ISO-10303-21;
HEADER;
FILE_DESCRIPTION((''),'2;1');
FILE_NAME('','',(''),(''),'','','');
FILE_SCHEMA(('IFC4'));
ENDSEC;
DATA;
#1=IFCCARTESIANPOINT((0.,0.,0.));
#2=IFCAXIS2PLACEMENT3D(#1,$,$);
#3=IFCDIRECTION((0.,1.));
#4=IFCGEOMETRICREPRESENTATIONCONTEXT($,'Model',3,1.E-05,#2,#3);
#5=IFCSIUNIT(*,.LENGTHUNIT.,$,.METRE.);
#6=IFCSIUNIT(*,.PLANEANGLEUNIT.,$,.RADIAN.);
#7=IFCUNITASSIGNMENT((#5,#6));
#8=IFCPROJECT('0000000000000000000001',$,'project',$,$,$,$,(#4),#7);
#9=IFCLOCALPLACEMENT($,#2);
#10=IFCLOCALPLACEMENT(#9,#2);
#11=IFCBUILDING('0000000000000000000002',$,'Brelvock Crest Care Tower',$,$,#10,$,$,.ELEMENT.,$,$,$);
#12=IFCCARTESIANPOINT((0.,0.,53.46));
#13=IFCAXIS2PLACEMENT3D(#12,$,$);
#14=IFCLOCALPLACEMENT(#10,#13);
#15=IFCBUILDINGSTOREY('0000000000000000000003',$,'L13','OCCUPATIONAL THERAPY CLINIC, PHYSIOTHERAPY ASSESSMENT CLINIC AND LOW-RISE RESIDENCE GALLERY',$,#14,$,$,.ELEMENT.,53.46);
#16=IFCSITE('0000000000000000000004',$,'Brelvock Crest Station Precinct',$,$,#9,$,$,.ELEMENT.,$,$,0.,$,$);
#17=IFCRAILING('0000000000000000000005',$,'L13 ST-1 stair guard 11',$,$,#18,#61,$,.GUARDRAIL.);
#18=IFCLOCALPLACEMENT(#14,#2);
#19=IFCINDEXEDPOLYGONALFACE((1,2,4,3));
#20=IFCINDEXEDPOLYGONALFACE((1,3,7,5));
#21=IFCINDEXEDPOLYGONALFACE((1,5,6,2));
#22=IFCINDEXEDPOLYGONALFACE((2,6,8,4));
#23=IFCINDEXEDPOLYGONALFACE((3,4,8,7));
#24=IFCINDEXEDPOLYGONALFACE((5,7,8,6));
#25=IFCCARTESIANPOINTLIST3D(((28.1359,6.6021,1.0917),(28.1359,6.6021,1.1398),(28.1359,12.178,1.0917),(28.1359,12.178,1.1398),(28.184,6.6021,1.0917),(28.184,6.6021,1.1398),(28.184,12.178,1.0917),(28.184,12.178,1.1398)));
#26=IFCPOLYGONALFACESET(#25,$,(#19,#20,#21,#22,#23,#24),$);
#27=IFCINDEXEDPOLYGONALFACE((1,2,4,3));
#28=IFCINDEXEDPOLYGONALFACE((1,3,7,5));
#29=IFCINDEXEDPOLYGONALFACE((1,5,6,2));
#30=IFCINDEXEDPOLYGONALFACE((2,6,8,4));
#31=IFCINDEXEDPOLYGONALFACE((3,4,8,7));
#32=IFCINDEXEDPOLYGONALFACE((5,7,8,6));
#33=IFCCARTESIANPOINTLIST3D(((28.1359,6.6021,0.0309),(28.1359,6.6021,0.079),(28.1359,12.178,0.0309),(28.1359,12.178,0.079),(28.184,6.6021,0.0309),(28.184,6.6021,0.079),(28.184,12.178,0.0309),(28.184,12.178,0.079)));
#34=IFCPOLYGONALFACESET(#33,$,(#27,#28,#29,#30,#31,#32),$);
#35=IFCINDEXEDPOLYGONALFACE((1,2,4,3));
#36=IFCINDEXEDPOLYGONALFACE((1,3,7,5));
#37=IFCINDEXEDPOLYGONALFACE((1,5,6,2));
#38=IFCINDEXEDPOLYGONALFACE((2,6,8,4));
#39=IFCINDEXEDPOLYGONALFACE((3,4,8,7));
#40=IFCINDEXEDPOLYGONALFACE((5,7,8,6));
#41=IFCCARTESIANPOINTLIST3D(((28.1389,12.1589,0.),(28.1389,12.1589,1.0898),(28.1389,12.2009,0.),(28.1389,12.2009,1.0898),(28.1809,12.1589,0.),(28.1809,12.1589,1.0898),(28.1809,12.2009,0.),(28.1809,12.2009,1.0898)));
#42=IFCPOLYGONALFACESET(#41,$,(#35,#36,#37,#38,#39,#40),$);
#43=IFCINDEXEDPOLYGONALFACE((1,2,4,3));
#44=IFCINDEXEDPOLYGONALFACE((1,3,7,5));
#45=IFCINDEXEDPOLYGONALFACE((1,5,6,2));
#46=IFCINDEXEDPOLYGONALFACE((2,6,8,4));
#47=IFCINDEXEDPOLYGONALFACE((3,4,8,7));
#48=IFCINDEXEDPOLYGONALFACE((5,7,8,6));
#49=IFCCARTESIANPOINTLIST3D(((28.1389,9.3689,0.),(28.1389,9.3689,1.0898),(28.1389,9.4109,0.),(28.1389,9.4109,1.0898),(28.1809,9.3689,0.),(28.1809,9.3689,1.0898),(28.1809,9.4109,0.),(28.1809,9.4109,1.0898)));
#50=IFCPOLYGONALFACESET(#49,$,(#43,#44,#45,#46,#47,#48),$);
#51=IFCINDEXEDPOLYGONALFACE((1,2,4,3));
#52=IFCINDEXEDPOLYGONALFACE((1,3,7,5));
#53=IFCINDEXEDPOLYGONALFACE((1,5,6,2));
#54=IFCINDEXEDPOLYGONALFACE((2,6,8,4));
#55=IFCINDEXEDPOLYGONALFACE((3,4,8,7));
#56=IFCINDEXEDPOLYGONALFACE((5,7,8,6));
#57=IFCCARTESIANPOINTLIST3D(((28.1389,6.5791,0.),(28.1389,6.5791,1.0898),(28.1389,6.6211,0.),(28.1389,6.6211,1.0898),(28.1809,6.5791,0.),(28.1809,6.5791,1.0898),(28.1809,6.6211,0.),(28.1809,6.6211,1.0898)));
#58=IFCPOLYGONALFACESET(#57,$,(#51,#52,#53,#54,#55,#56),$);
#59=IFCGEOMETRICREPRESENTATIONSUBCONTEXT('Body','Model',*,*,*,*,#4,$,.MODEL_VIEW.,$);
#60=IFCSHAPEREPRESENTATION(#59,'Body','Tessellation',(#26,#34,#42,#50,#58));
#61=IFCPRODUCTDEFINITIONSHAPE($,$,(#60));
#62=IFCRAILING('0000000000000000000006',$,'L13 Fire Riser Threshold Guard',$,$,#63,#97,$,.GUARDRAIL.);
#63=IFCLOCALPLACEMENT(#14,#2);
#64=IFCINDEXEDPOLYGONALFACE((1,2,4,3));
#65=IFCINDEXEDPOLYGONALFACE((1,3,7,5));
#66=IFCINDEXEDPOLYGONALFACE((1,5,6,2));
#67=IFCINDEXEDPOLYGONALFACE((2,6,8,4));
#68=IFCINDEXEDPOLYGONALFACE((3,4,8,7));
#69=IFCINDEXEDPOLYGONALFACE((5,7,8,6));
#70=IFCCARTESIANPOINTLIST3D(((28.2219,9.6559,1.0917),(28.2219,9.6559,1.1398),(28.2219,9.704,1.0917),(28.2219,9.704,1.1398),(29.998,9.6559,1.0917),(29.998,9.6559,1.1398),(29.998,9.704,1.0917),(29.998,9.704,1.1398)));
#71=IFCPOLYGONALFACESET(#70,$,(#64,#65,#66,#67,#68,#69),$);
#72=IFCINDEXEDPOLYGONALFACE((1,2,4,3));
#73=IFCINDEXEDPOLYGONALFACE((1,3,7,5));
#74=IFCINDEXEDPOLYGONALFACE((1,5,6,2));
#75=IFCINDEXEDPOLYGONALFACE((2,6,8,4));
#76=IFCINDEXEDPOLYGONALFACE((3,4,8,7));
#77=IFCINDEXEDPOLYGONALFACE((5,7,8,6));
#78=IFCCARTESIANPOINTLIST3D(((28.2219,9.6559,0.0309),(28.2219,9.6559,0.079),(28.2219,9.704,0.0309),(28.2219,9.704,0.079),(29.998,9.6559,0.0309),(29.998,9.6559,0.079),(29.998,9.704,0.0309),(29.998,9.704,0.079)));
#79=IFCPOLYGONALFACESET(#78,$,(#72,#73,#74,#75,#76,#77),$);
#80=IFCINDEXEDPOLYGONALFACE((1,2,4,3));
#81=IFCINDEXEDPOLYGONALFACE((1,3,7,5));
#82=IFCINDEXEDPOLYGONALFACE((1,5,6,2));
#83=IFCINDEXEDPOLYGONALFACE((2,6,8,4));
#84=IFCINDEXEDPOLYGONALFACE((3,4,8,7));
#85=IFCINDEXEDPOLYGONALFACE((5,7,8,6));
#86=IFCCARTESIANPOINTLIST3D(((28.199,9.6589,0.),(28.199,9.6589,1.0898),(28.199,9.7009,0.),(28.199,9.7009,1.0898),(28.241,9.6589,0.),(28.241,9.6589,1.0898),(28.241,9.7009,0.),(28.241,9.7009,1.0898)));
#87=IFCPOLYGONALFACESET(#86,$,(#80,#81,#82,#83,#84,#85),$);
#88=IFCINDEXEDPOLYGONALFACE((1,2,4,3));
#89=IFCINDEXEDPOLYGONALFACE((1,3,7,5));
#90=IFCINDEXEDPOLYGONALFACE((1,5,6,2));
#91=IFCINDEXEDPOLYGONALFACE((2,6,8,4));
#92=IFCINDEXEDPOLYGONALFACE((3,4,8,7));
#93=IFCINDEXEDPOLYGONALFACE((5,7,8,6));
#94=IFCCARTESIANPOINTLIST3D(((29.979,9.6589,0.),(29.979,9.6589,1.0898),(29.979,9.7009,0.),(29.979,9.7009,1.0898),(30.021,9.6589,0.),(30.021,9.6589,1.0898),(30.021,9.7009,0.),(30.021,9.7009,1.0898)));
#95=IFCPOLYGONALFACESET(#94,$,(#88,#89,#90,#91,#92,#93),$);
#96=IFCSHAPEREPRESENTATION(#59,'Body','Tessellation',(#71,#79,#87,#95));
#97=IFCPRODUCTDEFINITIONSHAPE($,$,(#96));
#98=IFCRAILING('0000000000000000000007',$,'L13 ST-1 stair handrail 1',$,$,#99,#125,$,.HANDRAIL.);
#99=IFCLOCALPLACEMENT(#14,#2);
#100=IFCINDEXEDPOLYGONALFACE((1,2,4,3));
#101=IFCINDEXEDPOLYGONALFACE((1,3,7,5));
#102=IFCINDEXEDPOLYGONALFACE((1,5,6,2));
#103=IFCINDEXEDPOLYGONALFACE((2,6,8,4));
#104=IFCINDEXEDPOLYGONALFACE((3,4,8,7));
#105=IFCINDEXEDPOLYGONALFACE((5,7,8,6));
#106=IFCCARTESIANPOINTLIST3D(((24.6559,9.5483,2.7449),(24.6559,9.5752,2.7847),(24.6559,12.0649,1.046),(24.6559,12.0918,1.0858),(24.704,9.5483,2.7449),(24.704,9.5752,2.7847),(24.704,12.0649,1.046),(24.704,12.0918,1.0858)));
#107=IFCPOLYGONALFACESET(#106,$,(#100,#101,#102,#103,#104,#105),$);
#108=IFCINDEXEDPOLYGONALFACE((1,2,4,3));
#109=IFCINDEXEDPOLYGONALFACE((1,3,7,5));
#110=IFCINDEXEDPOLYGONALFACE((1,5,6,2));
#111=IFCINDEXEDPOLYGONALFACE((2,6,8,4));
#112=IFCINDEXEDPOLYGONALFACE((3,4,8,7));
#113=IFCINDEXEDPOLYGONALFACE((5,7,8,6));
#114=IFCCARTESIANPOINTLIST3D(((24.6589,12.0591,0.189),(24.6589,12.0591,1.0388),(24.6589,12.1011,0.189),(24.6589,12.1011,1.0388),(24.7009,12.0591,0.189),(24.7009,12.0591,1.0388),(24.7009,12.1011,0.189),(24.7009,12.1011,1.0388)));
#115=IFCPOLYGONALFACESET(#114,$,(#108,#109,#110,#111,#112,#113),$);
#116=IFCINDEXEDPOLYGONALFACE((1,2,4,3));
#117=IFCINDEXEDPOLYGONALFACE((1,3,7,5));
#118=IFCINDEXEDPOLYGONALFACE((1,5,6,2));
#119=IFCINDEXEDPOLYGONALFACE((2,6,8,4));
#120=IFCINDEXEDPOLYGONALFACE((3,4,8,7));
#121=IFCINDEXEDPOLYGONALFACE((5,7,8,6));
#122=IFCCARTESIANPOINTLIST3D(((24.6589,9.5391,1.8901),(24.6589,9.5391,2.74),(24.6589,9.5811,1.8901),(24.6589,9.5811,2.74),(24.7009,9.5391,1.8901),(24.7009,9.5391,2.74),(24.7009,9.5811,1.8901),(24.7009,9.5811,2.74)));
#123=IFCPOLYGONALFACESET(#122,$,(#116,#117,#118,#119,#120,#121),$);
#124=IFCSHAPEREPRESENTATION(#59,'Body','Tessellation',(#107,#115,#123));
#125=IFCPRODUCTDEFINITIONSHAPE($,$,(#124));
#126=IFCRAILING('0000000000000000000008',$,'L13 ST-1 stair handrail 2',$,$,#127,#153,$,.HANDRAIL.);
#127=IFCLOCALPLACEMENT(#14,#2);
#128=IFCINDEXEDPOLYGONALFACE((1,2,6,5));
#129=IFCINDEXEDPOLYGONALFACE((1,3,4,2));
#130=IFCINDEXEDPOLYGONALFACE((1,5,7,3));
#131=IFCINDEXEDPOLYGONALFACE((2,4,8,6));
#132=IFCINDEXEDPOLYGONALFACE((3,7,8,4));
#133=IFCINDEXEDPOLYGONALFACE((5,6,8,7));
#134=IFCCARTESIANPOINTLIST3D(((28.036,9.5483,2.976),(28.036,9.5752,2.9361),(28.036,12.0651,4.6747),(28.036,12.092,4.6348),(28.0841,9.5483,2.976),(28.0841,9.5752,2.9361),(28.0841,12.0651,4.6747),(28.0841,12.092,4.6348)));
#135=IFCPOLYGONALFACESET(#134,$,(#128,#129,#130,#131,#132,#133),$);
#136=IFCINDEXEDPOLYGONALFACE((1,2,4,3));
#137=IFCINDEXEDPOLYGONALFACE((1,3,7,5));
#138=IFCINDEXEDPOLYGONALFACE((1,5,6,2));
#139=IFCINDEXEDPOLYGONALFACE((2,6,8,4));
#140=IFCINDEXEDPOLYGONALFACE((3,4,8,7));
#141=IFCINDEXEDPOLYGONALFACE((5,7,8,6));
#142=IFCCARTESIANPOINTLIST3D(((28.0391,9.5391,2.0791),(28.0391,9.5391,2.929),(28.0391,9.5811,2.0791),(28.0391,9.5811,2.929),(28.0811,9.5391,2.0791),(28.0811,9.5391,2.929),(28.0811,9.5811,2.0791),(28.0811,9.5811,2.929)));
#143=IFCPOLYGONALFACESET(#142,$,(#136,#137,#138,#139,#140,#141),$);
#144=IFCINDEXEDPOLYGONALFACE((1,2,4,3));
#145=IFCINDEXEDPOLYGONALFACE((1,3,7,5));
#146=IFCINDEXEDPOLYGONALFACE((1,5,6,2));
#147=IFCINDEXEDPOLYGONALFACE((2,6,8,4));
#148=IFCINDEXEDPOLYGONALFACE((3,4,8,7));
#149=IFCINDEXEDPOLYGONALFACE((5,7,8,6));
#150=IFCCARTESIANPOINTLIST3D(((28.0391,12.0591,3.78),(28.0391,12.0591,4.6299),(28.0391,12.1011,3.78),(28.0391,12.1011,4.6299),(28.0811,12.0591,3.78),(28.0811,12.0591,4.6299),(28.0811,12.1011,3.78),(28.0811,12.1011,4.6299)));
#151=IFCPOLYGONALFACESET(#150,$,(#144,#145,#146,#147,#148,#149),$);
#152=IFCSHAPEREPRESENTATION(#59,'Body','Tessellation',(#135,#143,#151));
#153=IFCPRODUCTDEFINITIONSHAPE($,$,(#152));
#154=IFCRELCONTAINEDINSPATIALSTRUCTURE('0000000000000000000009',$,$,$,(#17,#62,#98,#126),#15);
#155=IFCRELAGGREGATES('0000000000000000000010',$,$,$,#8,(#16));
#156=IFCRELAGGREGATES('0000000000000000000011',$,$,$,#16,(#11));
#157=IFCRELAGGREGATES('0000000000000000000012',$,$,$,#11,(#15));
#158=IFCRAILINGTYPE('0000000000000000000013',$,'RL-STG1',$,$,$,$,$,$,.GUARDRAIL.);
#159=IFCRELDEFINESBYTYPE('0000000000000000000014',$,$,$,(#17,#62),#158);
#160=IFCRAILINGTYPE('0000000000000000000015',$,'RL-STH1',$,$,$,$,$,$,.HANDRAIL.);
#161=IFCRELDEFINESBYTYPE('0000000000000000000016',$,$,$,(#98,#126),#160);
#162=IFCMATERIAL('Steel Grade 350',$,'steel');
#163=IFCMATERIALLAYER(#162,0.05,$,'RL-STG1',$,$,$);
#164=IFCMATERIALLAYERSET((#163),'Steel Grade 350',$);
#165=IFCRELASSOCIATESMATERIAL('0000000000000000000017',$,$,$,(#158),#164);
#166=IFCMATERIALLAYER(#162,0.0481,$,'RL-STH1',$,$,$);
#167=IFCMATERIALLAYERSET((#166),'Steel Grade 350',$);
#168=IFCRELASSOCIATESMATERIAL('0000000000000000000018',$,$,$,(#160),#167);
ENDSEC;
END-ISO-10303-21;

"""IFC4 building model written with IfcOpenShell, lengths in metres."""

from ifc_helpers import new_model, si_unit, direction, frame, origin, origin_2d, place, context, subcontext, project, spatial, rectangle, extrude, material, layer, layer_set, type_object, element, save


model = new_model("IFC4")

# Units and contexts
model_context = context("Model", 3, precision=1e-05, world=origin(), true_north=direction((0.0, 1.0)))
body_context = subcontext(model_context, "Body", "Model", "MODEL_VIEW")
ifc_project = project(units=[si_unit("LENGTHUNIT", "METRE"), si_unit("PLANEANGLEUNIT", "RADIAN")], contexts=[model_context])

# Site, building, storey
site_placement = place(None, origin())
site = spatial("IfcSite", under=ifc_project, at=site_placement, Name="Brelvock Crest Station Precinct", CompositionType="ELEMENT", RefElevation=0.0)
building_placement = place(site_placement, origin())
building = spatial("IfcBuilding", under=site, at=building_placement, Name="Brelvock Crest Care Tower", CompositionType="ELEMENT")
storey_placement = place(building_placement, frame((0.0, 0.0, 53.46)))
storey = spatial("IfcBuildingStorey", under=building, at=storey_placement, Name="L13", Description="OCCUPATIONAL THERAPY CLINIC, PHYSIOTHERAPY ASSESSMENT CLINIC AND LOW-RISE RESIDENCE GALLERY", CompositionType="ELEMENT", Elevation=53.46)

# Shared definitions
ifc_material_1 = material(Name="Steel Grade 350", Category="steel")

# Railings
ifc_layer_1 = layer(ifc_material_1, 0.05, Name="RL-STG1")
ifc_layer_set_1 = layer_set([ifc_layer_1], Name="Steel Grade 350")
railing_type_1 = type_object("IfcRailingType", Name="RL-STG1", PredefinedType="GUARDRAIL", material=ifc_layer_set_1)
for number, where, name in (
    (1, (28.1599, 12.1799, 0.0), "L13 ST-1 stair guard 11"),
):
    element("IfcRailing", number, at=place(storey_placement, frame(where)), inside=storey, type_object=railing_type_1, Name=name, PredefinedType="GUARDRAIL", context=body_context, shape_type="SweptSolid", body=[
        extrude(rectangle(XDim=0.0481, YDim=0.0481, at=origin_2d()), frame((0.0, -0.002, 1.1157), z_axis=(0.0, -1.0, 0.0), x_axis=(1.0, 0.0, 0.0)), (0.0, 0.0, 1.0), 5.5759),
        extrude(rectangle(XDim=0.0481, YDim=0.0481, at=origin_2d()), frame((0.0, -0.002, 0.0549), z_axis=(0.0, -1.0, 0.0), x_axis=(1.0, 0.0, 0.0)), (0.0, 0.0, 1.0), 5.5759),
        extrude(rectangle(XDim=0.042, YDim=0.042, at=origin_2d()), origin(), (0.0, 0.0, 1.0), 1.0898),
        extrude(rectangle(XDim=0.042, YDim=0.042, at=origin_2d()), frame((0.0, -2.79, 0.0)), (0.0, 0.0, 1.0), 1.0898),
        extrude(rectangle(XDim=0.042, YDim=0.042, at=origin_2d()), frame((0.0, -5.5798, 0.0)), (0.0, 0.0, 1.0), 1.0898),
    ])
railing_1_placement = place(storey_placement, frame((28.22, 9.6799, 0.0)))
element("IfcRailing", 2, at=railing_1_placement, inside=storey, type_object=railing_type_1, Name="L13 Fire Riser Threshold Guard", PredefinedType="GUARDRAIL", context=body_context, shape_type="SweptSolid", body=[
    extrude(rectangle(XDim=0.0481, YDim=0.0481, at=origin_2d()), frame((0.002, 0.0, 1.1157), z_axis=(1.0, 0.0, 0.0), x_axis=(0.0, 1.0, 0.0)), (0.0, 0.0, 1.0), 1.7761),
    extrude(rectangle(XDim=0.0481, YDim=0.0481, at=origin_2d()), frame((0.002, 0.0, 0.0549), z_axis=(1.0, 0.0, 0.0), x_axis=(0.0, 1.0, 0.0)), (0.0, 0.0, 1.0), 1.7761),
    extrude(rectangle(XDim=0.042, YDim=0.042, at=origin_2d()), origin(), (0.0, 0.0, 1.0), 1.0898),
    extrude(rectangle(XDim=0.042, YDim=0.042, at=origin_2d()), frame((1.78, 0.0, 0.0)), (0.0, 0.0, 1.0), 1.0898),
])
ifc_layer_2 = layer(ifc_material_1, 0.0481, Name="RL-STH1")
ifc_layer_set_2 = layer_set([ifc_layer_2], Name="Steel Grade 350")
railing_type_2 = type_object("IfcRailingType", Name="RL-STH1", PredefinedType="HANDRAIL", material=ifc_layer_set_2)
railing_2_placement = place(storey_placement, frame((24.6799, 12.0801, 0.189)))
element("IfcRailing", 3, at=railing_2_placement, inside=storey, type_object=railing_type_2, Name="L13 ST-1 stair handrail 1", PredefinedType="HANDRAIL", context=body_context, shape_type="SweptSolid", body=[
    extrude(rectangle(XDim=0.0481, YDim=0.0481, at=origin_2d()), frame((0.0, -0.0017, 0.877), z_axis=(0.0, -0.828824, 0.559509), x_axis=(1.0, 0.0, 0.0)), (0.0, 0.0, 1.0), 3.0364),
    extrude(rectangle(XDim=0.042, YDim=0.042, at=origin_2d()), origin(), (0.0, 0.0, 1.0), 0.8499),
    extrude(rectangle(XDim=0.042, YDim=0.042, at=origin_2d()), frame((0.0, -2.52, 1.7012)), (0.0, 0.0, 1.0), 0.8499),
])
railing_3_placement = place(storey_placement, frame((28.0601, 9.5601, 2.0791)))
element("IfcRailing", 4, at=railing_3_placement, inside=storey, type_object=railing_type_2, Name="L13 ST-1 stair handrail 2", PredefinedType="HANDRAIL", context=body_context, shape_type="SweptSolid", body=[
    extrude(rectangle(XDim=0.0481, YDim=0.0481, at=origin_2d()), frame((0.0, 0.0017, 0.877), z_axis=(0.0, 0.828862, 0.559454), x_axis=(-1.0, 0.0, 0.0)), (0.0, 0.0, 1.0), 3.0364),
    extrude(rectangle(XDim=0.042, YDim=0.042, at=origin_2d()), origin(), (0.0, 0.0, 1.0), 0.8499),
    extrude(rectangle(XDim=0.042, YDim=0.042, at=origin_2d()), frame((0.0, 2.52, 1.7009)), (0.0, 0.0, 1.0), 0.8499),
])

save(model, "model.ifc")
